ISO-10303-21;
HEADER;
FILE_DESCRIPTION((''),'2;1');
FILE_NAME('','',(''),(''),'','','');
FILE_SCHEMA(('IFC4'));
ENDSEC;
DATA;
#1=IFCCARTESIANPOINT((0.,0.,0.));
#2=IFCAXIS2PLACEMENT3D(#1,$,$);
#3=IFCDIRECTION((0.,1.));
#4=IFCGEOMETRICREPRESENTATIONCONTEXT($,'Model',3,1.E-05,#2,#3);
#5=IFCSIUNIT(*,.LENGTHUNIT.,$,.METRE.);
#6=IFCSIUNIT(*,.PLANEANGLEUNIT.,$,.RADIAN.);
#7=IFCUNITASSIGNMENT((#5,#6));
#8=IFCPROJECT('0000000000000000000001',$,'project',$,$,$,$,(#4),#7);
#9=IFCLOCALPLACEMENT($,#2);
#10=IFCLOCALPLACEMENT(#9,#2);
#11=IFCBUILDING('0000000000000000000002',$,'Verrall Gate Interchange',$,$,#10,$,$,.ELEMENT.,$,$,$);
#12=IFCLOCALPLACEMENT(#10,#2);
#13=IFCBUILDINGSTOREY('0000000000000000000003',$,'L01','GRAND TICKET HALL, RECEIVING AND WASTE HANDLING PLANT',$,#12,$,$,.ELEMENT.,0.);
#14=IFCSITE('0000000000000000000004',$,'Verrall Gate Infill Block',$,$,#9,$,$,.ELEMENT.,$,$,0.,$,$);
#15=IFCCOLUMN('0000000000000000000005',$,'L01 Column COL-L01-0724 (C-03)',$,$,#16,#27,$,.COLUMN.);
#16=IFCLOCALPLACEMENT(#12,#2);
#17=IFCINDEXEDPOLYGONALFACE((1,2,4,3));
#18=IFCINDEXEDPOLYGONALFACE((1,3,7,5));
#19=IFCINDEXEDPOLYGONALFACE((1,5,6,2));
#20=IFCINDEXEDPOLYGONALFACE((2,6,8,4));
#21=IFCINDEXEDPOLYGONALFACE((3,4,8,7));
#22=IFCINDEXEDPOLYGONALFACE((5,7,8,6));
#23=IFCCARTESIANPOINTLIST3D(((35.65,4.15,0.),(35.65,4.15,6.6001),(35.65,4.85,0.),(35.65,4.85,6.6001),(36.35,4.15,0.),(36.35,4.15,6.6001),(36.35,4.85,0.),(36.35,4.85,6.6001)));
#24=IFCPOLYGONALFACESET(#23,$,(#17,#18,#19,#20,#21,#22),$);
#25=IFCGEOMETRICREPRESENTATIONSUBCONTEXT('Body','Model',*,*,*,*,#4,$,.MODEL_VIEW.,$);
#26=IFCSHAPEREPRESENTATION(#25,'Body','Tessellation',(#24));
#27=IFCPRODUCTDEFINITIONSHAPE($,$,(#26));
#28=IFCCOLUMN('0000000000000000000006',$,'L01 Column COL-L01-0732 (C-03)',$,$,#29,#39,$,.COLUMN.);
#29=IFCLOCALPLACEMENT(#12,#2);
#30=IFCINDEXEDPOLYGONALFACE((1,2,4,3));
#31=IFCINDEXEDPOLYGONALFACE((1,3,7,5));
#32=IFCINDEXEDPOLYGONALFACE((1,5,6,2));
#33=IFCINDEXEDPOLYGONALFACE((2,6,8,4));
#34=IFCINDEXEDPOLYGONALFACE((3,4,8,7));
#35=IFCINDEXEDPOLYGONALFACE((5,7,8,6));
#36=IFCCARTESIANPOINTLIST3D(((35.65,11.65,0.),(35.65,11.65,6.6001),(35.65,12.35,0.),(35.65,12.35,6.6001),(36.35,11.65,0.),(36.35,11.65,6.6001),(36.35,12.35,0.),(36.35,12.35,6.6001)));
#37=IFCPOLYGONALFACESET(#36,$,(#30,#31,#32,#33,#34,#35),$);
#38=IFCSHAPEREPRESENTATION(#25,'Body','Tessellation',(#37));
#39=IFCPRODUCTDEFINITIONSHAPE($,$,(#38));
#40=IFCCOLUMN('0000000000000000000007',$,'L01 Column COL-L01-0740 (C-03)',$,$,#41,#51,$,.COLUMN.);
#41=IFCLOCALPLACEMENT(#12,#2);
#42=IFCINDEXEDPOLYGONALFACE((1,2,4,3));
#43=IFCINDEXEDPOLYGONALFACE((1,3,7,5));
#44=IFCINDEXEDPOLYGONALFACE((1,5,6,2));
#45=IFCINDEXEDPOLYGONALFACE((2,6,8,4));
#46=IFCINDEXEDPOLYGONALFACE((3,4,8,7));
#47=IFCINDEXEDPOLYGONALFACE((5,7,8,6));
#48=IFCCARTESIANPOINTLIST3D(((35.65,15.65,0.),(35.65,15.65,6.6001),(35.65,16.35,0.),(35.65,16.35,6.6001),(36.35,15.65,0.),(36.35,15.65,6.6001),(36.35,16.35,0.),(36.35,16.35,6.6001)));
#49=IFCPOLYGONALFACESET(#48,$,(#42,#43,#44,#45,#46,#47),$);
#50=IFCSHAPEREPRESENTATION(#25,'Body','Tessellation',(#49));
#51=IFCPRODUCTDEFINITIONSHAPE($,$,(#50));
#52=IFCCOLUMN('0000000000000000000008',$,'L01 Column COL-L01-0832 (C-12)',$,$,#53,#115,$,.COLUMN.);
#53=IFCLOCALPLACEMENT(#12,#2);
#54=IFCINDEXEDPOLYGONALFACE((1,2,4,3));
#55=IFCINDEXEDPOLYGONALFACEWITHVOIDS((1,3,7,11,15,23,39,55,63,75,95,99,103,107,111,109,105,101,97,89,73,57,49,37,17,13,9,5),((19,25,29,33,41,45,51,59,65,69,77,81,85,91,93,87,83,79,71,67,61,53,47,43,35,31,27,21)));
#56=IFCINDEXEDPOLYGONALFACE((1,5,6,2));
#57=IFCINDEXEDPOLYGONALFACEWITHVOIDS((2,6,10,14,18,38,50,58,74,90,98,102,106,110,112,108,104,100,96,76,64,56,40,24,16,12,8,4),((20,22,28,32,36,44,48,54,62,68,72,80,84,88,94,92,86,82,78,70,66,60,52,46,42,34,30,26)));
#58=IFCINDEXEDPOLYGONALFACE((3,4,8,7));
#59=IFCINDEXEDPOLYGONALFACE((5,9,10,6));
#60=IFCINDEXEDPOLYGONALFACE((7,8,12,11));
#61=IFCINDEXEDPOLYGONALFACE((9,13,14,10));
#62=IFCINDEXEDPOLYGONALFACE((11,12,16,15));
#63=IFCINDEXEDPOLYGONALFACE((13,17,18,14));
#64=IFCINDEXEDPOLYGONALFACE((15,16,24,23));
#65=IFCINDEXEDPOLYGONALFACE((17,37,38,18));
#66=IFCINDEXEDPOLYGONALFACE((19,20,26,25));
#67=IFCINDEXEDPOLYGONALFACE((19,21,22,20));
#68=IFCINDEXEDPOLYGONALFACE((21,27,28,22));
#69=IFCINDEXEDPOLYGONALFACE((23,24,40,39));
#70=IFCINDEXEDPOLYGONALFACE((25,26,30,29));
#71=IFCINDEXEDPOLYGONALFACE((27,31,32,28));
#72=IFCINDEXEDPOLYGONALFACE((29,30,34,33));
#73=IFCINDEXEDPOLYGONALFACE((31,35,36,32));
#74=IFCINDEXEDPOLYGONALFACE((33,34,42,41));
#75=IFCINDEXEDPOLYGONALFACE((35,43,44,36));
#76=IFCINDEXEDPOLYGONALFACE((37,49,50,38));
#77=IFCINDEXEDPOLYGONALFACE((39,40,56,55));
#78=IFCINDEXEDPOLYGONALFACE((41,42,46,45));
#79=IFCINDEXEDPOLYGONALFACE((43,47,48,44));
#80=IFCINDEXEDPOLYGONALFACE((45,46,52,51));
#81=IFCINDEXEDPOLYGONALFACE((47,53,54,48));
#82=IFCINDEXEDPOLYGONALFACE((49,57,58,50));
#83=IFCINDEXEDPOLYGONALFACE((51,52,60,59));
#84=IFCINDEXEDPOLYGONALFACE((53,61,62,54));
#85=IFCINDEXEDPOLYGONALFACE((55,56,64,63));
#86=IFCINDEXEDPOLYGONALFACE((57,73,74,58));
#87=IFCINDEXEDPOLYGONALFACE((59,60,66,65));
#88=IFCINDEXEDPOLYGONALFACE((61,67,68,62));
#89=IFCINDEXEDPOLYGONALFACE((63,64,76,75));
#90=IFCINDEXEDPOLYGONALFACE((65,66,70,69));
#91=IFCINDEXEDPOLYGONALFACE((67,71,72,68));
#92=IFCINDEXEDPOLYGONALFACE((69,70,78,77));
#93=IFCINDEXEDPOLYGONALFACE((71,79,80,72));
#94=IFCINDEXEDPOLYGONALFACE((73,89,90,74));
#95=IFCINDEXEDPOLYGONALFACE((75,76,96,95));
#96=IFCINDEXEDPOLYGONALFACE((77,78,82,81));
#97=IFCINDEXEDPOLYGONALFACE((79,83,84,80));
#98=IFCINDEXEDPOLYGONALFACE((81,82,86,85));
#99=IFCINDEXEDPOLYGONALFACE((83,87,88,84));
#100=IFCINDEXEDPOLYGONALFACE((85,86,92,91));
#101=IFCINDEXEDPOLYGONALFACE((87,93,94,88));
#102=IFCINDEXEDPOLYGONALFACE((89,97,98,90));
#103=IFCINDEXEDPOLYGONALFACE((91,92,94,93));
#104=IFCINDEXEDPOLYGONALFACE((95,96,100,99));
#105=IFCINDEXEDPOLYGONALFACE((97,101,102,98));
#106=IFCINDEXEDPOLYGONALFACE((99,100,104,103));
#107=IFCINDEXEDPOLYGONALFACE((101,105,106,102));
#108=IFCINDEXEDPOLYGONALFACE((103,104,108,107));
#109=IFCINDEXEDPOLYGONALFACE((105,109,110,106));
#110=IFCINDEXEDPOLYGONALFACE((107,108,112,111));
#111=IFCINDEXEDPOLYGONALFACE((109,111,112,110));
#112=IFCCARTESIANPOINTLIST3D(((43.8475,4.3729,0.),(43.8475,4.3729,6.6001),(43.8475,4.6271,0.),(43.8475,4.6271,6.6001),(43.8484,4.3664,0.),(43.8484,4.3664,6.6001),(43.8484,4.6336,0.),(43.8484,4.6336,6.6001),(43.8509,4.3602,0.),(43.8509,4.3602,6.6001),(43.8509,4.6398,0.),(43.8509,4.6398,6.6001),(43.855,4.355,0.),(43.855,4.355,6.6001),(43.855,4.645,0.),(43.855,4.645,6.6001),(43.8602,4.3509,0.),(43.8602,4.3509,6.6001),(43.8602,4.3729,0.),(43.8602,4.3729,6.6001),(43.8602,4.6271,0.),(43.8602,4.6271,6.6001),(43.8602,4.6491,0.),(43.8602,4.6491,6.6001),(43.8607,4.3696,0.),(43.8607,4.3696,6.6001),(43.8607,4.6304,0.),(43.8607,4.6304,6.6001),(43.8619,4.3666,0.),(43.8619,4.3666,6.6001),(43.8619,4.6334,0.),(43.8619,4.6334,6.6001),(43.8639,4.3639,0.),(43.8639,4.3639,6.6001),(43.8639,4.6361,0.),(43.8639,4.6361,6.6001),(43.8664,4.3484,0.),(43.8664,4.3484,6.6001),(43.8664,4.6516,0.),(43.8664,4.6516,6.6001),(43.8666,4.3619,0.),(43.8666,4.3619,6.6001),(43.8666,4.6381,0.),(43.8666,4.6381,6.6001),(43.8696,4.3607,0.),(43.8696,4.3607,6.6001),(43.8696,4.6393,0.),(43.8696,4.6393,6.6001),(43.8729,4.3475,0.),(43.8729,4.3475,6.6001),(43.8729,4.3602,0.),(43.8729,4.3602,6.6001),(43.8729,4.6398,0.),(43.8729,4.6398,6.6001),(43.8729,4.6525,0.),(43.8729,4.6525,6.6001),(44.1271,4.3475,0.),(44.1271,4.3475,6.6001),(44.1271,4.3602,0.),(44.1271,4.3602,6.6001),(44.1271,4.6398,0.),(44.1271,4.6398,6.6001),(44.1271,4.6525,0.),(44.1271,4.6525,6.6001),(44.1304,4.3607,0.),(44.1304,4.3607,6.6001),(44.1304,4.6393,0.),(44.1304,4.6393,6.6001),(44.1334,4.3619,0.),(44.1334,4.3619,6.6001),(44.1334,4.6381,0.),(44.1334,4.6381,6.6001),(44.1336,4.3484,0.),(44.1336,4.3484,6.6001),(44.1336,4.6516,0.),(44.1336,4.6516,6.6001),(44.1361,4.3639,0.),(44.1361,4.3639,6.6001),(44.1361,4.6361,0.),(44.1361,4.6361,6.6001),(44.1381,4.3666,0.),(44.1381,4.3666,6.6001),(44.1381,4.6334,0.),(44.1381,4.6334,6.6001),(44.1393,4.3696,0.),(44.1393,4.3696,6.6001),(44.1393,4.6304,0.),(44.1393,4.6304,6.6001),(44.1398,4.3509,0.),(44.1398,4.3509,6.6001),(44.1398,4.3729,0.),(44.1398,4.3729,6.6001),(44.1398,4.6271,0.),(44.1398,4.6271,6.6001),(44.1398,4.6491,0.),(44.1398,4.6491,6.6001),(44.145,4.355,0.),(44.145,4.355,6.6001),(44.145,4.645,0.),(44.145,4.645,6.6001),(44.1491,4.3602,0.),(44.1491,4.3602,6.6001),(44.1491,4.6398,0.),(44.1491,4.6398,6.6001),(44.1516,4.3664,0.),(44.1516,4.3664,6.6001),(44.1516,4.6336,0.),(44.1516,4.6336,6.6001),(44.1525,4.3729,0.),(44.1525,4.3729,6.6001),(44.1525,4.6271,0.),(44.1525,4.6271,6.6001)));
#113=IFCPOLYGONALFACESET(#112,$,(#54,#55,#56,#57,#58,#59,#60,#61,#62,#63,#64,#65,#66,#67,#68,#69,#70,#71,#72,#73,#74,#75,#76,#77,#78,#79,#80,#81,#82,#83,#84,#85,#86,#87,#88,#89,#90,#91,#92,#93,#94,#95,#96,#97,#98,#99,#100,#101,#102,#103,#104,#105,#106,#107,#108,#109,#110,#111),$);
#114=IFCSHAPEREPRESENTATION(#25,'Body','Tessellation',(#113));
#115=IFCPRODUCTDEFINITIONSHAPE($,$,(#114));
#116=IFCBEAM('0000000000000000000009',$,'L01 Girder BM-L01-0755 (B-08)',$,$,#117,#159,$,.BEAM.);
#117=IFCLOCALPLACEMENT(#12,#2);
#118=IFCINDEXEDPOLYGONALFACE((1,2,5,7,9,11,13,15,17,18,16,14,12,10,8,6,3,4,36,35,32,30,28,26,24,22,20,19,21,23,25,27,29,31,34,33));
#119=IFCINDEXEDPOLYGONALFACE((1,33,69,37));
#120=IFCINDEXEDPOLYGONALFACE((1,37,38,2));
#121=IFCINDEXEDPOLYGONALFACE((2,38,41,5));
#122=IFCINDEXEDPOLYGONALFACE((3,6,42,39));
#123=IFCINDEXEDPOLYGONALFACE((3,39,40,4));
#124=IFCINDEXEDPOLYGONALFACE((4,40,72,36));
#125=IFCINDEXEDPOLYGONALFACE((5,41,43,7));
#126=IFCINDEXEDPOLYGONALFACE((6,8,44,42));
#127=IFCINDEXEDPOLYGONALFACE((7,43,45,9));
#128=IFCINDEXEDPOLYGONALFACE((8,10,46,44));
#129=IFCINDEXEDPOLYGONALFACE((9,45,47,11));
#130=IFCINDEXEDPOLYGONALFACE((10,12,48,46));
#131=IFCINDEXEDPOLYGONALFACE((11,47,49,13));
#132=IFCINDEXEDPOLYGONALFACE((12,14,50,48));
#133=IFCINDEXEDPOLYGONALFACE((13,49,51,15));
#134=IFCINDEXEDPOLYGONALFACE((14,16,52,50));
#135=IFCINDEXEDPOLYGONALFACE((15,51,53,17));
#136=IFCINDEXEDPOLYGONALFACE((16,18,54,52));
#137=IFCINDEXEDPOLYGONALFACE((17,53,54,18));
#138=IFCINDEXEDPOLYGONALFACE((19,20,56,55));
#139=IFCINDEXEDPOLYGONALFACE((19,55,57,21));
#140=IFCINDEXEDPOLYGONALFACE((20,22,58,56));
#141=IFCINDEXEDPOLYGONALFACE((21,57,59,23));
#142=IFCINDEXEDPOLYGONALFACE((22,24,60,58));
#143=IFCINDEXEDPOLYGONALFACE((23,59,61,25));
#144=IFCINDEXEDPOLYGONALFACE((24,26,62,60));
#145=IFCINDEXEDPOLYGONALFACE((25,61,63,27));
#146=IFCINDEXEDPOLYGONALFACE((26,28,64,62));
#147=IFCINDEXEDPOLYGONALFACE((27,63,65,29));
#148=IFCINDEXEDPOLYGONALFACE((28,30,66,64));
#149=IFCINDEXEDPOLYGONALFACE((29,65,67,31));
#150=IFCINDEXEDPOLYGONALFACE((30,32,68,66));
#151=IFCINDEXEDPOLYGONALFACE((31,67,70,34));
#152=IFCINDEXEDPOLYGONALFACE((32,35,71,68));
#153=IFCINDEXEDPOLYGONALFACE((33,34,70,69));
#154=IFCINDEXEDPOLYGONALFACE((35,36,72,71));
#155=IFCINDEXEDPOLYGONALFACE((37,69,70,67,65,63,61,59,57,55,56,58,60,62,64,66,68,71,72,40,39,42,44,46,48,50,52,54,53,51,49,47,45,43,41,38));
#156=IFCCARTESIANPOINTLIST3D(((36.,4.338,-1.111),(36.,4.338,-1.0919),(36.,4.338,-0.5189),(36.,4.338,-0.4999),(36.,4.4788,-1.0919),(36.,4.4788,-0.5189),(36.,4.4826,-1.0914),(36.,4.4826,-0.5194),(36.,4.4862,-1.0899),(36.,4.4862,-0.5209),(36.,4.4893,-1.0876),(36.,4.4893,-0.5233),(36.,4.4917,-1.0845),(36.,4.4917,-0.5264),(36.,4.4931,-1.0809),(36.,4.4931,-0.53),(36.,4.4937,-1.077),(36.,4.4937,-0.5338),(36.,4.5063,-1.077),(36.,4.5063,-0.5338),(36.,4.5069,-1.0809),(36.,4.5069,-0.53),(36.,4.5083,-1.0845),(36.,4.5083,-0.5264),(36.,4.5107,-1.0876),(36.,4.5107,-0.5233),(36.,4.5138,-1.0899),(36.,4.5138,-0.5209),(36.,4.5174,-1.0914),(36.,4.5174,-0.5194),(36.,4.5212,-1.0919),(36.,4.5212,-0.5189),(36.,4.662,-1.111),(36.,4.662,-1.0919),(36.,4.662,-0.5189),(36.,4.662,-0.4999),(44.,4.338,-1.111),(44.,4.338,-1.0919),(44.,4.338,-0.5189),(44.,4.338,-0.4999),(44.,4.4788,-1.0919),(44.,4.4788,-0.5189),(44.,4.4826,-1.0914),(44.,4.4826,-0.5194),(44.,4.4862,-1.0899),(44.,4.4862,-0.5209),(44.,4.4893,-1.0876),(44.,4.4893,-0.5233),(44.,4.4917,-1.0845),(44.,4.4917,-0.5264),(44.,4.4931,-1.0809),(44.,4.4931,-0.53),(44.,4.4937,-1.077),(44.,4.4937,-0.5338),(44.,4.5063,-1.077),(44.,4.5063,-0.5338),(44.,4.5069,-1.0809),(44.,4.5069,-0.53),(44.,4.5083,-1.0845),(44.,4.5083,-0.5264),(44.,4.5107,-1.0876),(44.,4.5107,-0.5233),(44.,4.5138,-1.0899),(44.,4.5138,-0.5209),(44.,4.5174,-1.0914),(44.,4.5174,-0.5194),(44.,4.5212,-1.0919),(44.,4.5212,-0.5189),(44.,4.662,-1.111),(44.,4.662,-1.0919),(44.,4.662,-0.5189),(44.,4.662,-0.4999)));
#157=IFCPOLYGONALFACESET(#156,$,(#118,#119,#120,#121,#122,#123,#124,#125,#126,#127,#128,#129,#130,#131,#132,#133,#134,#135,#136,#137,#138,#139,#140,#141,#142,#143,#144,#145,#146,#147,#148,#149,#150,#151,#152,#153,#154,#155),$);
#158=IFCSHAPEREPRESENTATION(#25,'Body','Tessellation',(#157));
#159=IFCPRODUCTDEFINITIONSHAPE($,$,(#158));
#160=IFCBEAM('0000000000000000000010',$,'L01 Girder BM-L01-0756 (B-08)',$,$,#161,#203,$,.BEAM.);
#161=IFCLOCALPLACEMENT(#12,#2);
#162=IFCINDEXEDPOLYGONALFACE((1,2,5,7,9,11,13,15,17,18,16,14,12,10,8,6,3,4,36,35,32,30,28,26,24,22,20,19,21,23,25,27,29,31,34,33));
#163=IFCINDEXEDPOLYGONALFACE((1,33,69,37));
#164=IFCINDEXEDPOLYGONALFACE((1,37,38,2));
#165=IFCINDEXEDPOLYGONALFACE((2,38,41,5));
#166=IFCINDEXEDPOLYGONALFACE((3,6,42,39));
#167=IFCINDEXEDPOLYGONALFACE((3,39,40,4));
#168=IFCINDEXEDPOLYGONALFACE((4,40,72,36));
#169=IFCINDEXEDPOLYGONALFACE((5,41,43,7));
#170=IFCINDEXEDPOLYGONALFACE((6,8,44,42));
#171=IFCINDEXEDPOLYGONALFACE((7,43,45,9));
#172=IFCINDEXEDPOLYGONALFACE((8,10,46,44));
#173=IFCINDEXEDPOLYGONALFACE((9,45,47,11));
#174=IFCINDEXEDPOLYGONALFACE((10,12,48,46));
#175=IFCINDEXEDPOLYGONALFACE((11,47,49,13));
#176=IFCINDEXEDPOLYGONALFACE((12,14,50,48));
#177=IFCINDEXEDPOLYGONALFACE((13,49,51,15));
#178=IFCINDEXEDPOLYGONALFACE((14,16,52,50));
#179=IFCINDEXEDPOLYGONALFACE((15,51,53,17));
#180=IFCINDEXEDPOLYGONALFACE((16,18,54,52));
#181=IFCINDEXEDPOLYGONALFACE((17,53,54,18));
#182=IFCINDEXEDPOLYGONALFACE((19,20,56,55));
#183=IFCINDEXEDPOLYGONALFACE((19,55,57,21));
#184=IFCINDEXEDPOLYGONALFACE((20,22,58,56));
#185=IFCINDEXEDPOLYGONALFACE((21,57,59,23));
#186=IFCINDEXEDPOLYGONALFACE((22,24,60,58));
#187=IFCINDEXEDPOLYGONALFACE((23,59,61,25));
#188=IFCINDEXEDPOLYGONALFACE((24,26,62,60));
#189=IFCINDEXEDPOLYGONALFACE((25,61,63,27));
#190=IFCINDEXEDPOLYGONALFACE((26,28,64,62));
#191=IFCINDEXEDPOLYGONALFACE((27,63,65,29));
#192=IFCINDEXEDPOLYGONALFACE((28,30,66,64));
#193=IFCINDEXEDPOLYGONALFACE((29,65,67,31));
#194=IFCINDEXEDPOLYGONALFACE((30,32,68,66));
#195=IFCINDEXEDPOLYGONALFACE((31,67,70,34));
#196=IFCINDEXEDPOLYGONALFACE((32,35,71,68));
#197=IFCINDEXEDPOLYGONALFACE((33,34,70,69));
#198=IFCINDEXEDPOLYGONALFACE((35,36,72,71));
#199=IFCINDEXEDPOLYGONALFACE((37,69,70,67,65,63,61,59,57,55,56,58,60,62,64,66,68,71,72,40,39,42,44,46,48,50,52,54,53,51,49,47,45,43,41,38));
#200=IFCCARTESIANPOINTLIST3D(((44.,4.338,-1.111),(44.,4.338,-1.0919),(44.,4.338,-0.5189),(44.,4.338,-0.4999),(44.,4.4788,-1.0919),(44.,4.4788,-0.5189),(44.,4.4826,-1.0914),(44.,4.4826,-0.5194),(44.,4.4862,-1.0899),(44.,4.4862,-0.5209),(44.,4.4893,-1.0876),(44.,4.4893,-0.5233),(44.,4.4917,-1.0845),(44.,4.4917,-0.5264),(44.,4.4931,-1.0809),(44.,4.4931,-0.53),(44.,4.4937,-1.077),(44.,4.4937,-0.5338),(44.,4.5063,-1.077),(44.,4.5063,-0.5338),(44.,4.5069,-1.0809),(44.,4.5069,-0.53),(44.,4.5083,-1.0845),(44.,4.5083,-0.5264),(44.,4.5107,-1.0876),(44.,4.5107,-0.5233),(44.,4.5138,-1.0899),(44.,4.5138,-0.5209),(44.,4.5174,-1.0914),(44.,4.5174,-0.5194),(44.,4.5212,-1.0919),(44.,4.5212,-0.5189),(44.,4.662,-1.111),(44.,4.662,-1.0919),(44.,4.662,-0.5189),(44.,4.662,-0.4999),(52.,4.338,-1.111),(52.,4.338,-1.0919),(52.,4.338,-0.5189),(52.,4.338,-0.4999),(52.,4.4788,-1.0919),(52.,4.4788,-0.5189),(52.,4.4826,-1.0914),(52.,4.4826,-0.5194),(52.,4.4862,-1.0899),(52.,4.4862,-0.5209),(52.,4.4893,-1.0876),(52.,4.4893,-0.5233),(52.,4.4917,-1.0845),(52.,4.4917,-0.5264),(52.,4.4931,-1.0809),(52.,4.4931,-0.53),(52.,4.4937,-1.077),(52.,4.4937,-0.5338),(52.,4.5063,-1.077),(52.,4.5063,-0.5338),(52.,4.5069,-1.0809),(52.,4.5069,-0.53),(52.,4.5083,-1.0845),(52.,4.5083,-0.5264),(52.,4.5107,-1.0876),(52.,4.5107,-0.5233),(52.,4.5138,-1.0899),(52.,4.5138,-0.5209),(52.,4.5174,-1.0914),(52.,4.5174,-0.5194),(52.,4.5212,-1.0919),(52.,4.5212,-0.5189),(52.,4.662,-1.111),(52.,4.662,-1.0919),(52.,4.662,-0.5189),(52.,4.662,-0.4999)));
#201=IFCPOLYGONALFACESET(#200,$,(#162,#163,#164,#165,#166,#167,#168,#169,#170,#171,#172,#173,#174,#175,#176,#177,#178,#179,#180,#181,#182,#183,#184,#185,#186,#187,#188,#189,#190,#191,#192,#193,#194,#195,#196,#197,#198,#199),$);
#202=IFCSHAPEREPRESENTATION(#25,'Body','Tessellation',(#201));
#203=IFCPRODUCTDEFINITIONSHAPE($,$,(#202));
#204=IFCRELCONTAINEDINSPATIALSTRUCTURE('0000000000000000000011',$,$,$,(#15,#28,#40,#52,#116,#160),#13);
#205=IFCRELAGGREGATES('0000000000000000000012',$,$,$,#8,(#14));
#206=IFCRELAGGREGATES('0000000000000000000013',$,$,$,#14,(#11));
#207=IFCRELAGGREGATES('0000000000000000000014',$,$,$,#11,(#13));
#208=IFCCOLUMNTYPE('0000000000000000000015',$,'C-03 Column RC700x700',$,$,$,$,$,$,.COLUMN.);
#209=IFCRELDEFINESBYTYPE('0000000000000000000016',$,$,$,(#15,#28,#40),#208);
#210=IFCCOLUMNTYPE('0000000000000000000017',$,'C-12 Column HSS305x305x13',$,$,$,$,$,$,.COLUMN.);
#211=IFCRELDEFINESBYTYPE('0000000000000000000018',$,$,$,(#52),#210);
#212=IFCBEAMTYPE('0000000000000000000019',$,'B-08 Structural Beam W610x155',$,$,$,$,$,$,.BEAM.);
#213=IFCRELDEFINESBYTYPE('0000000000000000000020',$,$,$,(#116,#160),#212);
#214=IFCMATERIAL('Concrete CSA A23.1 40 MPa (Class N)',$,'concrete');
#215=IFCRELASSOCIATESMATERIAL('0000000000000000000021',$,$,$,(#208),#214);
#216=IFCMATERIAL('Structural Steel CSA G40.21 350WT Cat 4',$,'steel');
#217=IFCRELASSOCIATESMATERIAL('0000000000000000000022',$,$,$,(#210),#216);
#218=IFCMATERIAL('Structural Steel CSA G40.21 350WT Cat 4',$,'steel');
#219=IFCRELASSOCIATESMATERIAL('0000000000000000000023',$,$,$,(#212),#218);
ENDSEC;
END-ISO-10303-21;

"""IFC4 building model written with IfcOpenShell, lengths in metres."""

from ifc_helpers import new_model, si_unit, direction, frame, origin, origin_2d, place, context, subcontext, project, spatial, rectangle, hollow_rectangle, i_section, extrude, material, material_profile, profile_set, type_object, element, save


model = new_model("IFC4")

# Units and contexts
model_context = context("Model", 3, precision=1e-05, world=origin(), true_north=direction((0.0, 1.0)))
body_context = subcontext(model_context, "Body", "Model", "MODEL_VIEW")
ifc_project = project(units=[si_unit("LENGTHUNIT", "METRE"), si_unit("PLANEANGLEUNIT", "RADIAN")], contexts=[model_context])

# Site, building, storey
site_placement = place(None, origin())
site = spatial("IfcSite", under=ifc_project, at=site_placement, Name="Verrall Gate Infill Block", CompositionType="ELEMENT", RefElevation=0.0)
building_placement = place(site_placement, origin())
building = spatial("IfcBuilding", under=site, at=building_placement, Name="Verrall Gate Interchange", CompositionType="ELEMENT")
storey_placement = place(building_placement, origin())
storey = spatial("IfcBuildingStorey", under=building, at=storey_placement, Name="L01", Description="GRAND TICKET HALL, RECEIVING AND WASTE HANDLING PLANT", CompositionType="ELEMENT", Elevation=0.0)

# Columns
ifc_material_1 = material(Name="Concrete CSA A23.1 40 MPa (Class N)", Category="concrete")
ifc_material_profile_1 = material_profile(ifc_material_1, rectangle(XDim=0.7, YDim=0.7, at=origin_2d()), Name="RC700x700")
ifc_profile_set_1 = profile_set([ifc_material_profile_1], Name="Concrete CSA A23.1 40 MPa (Class N)")
column_type_1 = type_object("IfcColumnType", Name="C-03 Column RC700x700", PredefinedType="COLUMN", material=ifc_profile_set_1)
for number, where, z_axis, x_axis, name in (
    (1, (36.0, 4.5, 0.0), (0.0, 0.0, 1.0), (1.0, 0.0, 0.0), "L01 Column COL-L01-0724 (C-03)"),
    (2, (36.0, 12.0, 0.0), (0.0, 0.0, 1.0), (1.0, 0.0, 0.0), "L01 Column COL-L01-0732 (C-03)"),
    (3, (36.0, 16.0, 0.0), (0.0, 0.0, 1.0), (1.0, 0.0, 0.0), "L01 Column COL-L01-0740 (C-03)"),
):
    element("IfcColumn", number, at=place(storey_placement, frame(where, z_axis=z_axis, x_axis=x_axis)), inside=storey, type_object=column_type_1, Name=name, PredefinedType="COLUMN", context=body_context, shape_type="SweptSolid", body=[
        extrude(rectangle(XDim=0.7, YDim=0.7, at=origin_2d()), origin(), (0.0, 0.0, 1.0), 6.6001),
    ])
ifc_material_2 = material(Name="Structural Steel CSA G40.21 350WT Cat 4", Category="steel")
ifc_material_profile_2 = material_profile(ifc_material_2, hollow_rectangle(XDim=0.3049, YDim=0.3049, WallThickness=0.0127, InnerFilletRadius=0.0127, OuterFilletRadius=0.0254, at=origin_2d()), Name="HSS305x305x13")
ifc_profile_set_2 = profile_set([ifc_material_profile_2], Name="Structural Steel CSA G40.21 350WT Cat 4")
column_type_2 = type_object("IfcColumnType", Name="C-12 Column HSS305x305x13", PredefinedType="COLUMN", material=ifc_profile_set_2)
column_placement = place(storey_placement, frame((44.0, 4.5, 0.0), z_axis=(0.0, 0.0, 1.0), x_axis=(1.0, 0.0, 0.0)))
element("IfcColumn", 4, at=column_placement, inside=storey, type_object=column_type_2, Name="L01 Column COL-L01-0832 (C-12)", PredefinedType="COLUMN", context=body_context, shape_type="SweptSolid", body=[
    extrude(hollow_rectangle(XDim=0.3049, YDim=0.3049, WallThickness=0.0127, InnerFilletRadius=0.0127, OuterFilletRadius=0.0254, at=origin_2d()), origin(), (0.0, 0.0, 1.0), 6.6001),
])

# Beams
ifc_material_3 = material(Name="Structural Steel CSA G40.21 350WT Cat 4", Category="steel")
ifc_material_profile_3 = material_profile(ifc_material_3, i_section(OverallWidth=0.324, OverallDepth=0.6111, WebThickness=0.0127, FlangeThickness=0.019, FilletRadius=0.0149, at=origin_2d()), Name="W610x155")
ifc_profile_set_3 = profile_set([ifc_material_profile_3], Name="Structural Steel CSA G40.21 350WT Cat 4")
beam_type_1 = type_object("IfcBeamType", Name="B-08 Structural Beam W610x155", PredefinedType="BEAM", material=ifc_profile_set_3)
for number, where, z_axis, x_axis, name in (
    (5, (36.0, 4.5, -0.8054), (1.0, 0.0, 0.0), (0.0, 1.0, 0.0), "L01 Girder BM-L01-0755 (B-08)"),
    (6, (44.0, 4.5, -0.8054), (1.0, 0.0, 0.0), (0.0, 1.0, 0.0), "L01 Girder BM-L01-0756 (B-08)"),
):
    element("IfcBeam", number, at=place(storey_placement, frame(where, z_axis=z_axis, x_axis=x_axis)), inside=storey, type_object=beam_type_1, Name=name, PredefinedType="BEAM", context=body_context, shape_type="SweptSolid", body=[
        extrude(i_section(OverallWidth=0.324, OverallDepth=0.6111, WebThickness=0.0127, FlangeThickness=0.019, FilletRadius=0.0149, at=origin_2d()), origin(), (0.0, 0.0, 1.0), 8.0),
    ])

save(model, "model.ifc")
